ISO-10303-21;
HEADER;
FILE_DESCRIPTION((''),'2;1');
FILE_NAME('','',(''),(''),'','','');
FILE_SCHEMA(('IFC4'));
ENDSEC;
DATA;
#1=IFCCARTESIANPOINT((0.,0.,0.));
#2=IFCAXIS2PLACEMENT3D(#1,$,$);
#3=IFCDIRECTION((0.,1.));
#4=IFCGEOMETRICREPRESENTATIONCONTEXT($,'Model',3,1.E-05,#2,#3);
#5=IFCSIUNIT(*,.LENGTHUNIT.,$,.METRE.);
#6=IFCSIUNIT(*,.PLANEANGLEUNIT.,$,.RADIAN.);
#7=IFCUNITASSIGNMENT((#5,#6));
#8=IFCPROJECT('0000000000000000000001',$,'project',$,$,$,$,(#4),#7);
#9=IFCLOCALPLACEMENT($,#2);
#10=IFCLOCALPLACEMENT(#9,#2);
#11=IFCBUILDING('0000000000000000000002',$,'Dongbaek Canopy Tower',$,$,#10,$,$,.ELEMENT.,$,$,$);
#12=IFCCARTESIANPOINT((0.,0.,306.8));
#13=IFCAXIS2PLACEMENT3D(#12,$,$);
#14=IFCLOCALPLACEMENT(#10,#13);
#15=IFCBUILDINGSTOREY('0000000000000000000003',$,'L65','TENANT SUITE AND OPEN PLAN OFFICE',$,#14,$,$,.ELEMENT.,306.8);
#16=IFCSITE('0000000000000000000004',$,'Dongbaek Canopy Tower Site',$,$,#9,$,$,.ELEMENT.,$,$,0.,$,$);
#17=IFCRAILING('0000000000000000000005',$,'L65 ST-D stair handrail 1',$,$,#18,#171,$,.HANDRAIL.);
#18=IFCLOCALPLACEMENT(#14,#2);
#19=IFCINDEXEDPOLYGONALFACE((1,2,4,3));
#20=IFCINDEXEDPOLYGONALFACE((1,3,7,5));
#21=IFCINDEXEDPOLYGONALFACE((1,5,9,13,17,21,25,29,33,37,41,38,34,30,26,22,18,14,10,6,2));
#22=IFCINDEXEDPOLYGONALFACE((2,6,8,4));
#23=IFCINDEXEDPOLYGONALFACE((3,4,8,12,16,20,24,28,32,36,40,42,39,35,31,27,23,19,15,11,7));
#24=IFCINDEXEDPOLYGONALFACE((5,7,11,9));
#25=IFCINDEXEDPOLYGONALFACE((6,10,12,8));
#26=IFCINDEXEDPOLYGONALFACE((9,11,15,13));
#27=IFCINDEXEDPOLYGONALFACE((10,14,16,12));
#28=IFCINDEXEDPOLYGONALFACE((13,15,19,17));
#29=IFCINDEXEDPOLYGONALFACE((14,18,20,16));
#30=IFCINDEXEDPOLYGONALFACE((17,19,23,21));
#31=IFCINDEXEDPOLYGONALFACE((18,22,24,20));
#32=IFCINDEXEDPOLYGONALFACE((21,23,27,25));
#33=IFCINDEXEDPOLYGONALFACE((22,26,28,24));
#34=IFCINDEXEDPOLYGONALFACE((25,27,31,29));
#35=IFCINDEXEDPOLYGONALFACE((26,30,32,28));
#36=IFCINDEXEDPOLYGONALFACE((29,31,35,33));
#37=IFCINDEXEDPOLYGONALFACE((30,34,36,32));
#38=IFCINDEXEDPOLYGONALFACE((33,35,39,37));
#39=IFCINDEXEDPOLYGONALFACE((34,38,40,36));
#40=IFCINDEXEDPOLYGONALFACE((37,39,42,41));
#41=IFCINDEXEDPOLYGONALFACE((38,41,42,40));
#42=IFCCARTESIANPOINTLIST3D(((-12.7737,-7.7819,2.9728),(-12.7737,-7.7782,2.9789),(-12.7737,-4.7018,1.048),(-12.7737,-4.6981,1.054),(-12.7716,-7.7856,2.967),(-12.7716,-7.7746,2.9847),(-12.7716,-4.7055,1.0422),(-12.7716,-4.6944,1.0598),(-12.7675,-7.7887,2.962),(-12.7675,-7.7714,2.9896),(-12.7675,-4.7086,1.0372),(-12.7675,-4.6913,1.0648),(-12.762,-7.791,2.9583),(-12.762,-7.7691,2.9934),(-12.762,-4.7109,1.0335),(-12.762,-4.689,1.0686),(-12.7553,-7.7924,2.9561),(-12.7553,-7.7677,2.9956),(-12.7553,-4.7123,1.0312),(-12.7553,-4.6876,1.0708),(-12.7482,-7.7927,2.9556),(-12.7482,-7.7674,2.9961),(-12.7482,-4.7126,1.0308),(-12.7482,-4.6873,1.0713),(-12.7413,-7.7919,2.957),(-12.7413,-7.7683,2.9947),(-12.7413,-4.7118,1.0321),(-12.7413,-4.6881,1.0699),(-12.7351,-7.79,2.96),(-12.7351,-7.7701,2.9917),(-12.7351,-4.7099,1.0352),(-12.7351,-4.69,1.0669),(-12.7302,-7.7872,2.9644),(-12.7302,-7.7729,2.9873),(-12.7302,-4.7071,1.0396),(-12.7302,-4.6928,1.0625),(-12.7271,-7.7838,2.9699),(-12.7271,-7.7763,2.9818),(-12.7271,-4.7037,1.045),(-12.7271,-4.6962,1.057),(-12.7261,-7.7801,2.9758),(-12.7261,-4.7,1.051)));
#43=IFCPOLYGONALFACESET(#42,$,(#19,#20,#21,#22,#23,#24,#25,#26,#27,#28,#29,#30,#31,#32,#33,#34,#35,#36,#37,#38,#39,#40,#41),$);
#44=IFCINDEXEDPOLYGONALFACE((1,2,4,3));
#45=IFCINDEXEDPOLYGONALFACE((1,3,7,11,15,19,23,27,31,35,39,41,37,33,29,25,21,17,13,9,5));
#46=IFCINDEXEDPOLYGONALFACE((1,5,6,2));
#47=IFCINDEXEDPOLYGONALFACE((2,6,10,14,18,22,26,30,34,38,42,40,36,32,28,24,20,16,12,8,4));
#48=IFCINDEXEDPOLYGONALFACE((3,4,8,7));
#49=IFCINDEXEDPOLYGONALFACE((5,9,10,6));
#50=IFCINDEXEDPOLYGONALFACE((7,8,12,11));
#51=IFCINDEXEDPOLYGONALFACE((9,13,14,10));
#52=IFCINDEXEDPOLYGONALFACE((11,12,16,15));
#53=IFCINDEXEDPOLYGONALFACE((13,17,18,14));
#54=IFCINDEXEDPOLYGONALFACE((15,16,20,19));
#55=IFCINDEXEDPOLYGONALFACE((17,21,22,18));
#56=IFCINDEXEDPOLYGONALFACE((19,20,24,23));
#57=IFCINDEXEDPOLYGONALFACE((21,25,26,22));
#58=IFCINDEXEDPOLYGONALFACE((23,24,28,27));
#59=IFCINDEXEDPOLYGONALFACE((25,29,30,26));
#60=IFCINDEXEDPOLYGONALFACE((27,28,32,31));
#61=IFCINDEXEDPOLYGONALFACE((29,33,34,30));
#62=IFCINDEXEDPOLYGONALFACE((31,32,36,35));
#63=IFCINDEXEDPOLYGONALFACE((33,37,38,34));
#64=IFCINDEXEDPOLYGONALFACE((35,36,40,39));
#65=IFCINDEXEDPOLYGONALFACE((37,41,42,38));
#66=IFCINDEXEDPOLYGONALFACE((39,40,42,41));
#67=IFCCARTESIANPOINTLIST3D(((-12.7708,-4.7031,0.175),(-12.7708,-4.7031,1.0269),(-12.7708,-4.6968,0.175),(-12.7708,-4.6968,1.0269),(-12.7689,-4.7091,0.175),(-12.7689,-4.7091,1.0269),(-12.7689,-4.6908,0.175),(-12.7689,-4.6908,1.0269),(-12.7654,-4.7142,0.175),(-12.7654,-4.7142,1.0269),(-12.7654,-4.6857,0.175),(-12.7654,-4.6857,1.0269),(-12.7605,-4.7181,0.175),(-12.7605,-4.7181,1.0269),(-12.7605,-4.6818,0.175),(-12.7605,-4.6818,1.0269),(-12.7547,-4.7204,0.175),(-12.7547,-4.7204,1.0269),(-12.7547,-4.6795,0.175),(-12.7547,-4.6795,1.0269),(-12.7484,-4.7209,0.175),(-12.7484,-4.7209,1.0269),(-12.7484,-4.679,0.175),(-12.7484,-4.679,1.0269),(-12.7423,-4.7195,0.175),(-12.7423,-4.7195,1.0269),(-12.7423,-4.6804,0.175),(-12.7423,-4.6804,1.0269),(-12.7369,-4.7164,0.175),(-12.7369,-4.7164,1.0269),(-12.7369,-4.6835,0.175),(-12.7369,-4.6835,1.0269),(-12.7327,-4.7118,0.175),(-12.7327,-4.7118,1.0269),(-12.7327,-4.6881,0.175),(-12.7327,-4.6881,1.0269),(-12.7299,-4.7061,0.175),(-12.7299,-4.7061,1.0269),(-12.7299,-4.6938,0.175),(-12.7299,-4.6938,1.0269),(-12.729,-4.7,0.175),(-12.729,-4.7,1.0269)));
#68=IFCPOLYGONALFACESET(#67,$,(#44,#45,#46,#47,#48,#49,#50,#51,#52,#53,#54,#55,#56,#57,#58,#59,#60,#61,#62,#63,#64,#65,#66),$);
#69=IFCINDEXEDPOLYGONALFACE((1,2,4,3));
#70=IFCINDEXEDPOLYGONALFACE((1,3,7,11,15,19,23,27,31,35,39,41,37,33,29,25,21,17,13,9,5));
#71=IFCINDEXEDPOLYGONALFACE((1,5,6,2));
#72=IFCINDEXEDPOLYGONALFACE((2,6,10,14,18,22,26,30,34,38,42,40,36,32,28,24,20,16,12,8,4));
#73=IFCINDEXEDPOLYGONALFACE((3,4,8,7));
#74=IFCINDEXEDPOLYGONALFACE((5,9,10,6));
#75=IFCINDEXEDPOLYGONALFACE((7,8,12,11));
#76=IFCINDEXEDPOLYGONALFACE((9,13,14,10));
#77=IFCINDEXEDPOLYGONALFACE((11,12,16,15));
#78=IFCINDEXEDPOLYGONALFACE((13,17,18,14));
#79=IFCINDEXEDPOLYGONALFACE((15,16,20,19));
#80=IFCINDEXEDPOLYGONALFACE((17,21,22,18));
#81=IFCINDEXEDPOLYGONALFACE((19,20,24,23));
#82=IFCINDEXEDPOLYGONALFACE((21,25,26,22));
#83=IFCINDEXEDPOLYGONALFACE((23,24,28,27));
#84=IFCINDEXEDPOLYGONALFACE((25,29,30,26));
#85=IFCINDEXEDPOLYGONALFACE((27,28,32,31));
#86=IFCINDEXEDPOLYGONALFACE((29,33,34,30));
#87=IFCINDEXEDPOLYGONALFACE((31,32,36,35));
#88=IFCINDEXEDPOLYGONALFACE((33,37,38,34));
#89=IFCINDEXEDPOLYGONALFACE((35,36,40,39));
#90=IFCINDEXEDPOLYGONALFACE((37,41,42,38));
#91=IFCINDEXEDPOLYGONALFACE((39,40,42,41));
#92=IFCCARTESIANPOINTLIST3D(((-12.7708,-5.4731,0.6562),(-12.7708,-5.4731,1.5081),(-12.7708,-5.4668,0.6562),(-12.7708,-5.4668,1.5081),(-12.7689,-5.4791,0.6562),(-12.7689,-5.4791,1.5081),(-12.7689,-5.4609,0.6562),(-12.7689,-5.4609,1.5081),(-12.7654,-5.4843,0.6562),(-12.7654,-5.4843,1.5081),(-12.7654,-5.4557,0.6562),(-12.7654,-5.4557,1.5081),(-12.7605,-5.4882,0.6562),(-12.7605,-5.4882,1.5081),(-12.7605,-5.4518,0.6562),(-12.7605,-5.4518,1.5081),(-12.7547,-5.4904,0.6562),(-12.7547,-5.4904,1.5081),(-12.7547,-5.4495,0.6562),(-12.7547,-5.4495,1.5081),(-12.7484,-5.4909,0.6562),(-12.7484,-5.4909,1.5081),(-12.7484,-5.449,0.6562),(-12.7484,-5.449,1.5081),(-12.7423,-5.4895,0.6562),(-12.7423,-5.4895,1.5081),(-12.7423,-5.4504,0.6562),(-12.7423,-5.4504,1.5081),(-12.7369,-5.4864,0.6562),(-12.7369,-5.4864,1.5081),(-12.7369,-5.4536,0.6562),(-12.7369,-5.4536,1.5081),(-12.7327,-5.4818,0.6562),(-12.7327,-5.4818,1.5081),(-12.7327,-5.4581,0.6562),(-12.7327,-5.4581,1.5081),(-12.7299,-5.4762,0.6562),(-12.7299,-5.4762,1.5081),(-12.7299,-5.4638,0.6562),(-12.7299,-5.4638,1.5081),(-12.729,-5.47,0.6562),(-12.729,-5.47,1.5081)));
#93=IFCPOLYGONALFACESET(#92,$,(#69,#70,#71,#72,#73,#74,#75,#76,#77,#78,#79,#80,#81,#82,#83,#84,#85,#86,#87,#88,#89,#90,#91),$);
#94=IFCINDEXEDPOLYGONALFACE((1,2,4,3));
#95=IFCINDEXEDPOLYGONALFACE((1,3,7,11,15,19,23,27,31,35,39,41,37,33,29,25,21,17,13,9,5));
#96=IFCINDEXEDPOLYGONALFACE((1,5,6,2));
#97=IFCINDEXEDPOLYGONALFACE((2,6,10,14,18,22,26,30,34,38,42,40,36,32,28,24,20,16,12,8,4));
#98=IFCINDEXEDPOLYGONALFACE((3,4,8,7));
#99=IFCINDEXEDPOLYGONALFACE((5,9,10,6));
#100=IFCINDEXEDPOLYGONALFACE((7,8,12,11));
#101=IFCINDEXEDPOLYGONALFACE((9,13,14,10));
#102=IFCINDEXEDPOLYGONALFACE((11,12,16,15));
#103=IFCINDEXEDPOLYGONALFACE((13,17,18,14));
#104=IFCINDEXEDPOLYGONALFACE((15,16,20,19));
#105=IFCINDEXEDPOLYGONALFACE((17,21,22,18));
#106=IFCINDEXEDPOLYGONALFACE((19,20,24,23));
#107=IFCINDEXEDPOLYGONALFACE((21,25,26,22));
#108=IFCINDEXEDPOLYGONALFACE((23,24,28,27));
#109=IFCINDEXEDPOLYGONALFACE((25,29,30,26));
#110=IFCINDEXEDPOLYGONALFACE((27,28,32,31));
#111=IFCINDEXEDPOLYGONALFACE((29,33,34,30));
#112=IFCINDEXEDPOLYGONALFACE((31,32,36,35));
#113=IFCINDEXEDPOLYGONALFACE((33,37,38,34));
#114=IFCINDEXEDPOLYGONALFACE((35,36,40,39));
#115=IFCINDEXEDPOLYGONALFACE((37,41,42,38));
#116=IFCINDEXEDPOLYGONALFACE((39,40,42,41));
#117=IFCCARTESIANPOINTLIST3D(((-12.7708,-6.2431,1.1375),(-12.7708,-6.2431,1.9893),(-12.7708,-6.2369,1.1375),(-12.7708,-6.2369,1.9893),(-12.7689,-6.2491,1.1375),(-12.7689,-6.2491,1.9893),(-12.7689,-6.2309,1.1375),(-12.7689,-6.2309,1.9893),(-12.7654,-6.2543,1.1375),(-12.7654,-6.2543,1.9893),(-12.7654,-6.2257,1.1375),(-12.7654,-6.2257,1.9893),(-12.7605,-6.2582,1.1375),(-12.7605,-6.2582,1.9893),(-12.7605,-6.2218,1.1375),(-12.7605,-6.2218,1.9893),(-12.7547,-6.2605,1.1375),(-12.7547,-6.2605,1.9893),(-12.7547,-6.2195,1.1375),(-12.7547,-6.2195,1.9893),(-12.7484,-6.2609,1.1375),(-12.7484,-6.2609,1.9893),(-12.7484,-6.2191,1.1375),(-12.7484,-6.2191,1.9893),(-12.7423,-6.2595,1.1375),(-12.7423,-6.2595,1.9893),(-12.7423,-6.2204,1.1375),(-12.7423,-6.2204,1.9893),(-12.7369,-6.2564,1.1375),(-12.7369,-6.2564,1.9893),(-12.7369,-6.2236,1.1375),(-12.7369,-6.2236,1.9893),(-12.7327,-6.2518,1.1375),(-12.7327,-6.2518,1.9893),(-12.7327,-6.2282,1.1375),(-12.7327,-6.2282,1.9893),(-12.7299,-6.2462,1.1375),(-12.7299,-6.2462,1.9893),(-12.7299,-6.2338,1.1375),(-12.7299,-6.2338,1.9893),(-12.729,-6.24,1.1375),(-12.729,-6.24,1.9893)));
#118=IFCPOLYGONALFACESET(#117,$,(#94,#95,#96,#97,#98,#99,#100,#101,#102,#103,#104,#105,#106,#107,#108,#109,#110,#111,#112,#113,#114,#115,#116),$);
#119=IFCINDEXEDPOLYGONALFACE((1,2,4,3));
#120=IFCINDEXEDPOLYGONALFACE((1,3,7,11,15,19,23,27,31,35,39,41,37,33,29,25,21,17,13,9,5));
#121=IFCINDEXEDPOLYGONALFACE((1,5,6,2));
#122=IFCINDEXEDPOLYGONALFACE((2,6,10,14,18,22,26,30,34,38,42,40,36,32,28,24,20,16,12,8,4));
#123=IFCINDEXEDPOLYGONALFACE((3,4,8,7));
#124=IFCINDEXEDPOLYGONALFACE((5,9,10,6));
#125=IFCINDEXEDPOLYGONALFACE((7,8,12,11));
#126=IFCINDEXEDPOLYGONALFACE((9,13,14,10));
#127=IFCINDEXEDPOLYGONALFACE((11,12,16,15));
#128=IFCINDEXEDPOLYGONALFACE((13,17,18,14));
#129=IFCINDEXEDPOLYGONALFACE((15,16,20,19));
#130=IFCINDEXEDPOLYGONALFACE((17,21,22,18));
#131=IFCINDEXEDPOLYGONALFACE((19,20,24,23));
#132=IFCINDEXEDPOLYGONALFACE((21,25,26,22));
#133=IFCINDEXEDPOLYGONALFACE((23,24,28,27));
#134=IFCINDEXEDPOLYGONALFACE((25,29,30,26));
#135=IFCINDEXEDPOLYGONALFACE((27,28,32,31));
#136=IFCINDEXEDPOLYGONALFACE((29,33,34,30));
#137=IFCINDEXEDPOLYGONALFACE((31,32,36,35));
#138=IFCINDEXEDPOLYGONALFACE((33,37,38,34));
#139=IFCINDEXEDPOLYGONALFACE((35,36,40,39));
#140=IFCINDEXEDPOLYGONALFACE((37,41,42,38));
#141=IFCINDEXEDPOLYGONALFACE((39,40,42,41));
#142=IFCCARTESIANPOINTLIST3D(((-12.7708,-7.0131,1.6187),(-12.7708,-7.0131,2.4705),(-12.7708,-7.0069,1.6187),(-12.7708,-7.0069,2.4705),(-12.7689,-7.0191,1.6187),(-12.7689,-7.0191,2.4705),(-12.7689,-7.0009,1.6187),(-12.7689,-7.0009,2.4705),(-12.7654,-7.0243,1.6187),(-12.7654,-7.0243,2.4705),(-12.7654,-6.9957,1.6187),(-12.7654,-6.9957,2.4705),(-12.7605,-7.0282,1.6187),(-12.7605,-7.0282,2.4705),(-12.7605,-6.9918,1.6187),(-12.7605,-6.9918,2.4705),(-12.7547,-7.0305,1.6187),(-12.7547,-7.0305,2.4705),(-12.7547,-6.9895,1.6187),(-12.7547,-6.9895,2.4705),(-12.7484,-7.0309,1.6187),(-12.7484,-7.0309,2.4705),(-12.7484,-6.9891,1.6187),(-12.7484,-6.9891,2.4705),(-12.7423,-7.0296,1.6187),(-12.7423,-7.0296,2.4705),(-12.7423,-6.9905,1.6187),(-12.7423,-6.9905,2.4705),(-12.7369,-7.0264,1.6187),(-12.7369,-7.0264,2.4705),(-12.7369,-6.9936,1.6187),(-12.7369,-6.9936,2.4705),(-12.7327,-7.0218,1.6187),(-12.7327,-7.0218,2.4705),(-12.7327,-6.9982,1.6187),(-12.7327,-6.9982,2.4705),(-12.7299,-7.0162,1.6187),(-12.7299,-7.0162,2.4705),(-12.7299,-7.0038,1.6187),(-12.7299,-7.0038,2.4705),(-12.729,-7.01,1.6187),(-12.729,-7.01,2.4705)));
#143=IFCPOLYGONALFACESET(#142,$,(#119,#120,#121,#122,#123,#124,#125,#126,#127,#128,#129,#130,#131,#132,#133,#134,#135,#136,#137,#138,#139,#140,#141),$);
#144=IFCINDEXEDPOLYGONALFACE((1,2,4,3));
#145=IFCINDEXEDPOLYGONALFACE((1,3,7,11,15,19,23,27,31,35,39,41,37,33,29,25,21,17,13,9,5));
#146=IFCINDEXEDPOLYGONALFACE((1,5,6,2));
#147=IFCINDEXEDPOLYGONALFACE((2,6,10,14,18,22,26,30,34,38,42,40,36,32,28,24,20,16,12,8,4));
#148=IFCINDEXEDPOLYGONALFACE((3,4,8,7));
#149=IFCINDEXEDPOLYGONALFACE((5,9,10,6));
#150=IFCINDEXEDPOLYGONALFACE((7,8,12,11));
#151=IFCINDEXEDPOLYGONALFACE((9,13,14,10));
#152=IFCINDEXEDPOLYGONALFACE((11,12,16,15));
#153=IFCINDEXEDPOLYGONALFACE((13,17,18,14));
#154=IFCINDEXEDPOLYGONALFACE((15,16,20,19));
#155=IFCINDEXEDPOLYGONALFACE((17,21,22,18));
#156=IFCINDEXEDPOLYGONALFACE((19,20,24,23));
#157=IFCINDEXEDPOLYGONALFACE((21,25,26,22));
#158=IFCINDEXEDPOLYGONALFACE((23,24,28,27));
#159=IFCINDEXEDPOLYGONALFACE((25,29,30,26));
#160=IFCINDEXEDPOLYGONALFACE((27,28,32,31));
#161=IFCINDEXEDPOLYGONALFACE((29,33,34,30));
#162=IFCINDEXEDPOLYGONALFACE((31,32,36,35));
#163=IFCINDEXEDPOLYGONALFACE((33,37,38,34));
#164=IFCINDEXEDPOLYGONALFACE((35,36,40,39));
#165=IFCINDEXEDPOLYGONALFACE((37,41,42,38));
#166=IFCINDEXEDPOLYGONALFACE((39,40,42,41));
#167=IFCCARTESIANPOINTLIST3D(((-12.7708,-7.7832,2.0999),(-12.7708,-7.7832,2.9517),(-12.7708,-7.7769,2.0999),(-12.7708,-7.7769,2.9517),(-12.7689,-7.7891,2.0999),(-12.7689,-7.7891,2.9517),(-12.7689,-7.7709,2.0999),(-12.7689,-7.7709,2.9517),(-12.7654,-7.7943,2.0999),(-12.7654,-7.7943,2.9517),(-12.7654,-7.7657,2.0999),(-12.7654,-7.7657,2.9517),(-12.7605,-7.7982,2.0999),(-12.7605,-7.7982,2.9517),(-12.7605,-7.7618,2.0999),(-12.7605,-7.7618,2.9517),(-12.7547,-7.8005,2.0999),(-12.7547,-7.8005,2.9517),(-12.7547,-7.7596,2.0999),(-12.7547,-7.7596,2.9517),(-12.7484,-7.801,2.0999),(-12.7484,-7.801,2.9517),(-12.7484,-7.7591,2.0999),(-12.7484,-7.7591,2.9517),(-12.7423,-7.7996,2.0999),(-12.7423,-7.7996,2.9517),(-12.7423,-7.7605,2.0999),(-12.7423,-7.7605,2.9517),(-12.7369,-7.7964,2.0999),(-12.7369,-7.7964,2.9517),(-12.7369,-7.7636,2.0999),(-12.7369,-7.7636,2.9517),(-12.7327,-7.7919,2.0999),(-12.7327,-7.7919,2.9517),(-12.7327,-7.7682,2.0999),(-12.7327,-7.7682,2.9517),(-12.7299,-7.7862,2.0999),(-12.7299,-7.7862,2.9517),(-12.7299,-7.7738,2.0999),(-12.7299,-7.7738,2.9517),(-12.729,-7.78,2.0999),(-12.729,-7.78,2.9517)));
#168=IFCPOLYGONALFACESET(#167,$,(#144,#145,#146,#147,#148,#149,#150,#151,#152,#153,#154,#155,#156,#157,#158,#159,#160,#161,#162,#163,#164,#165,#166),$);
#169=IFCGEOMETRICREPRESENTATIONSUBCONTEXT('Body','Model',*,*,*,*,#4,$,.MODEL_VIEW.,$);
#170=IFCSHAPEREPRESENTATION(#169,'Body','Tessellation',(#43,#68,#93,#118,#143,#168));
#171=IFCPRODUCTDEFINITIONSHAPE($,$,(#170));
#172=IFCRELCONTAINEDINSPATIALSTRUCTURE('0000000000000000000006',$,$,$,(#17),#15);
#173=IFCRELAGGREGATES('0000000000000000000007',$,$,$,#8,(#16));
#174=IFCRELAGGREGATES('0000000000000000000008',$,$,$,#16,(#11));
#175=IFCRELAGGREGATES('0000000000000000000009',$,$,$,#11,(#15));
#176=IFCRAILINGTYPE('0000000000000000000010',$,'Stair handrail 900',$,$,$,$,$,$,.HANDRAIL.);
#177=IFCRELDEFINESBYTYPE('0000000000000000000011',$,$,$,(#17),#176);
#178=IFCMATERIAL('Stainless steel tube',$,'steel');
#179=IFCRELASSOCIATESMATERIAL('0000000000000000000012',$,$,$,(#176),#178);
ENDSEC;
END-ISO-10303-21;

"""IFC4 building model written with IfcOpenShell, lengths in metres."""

from ifc_helpers import new_model, si_unit, direction, frame, origin, origin_2d, place, context, subcontext, project, spatial, circle, extrude, material, type_object, element, save


model = new_model("IFC4")

# Units and contexts
model_context = context("Model", 3, precision=1e-05, world=origin(), true_north=direction((0.0, 1.0)))
body_context = subcontext(model_context, "Body", "Model", "MODEL_VIEW")
ifc_project = project(units=[si_unit("LENGTHUNIT", "METRE"), si_unit("PLANEANGLEUNIT", "RADIAN")], contexts=[model_context])

# Site, building, storey
site_placement = place(None, origin())
site = spatial("IfcSite", under=ifc_project, at=site_placement, Name="Dongbaek Canopy Tower Site", CompositionType="ELEMENT", RefElevation=0.0)
building_placement = place(site_placement, origin())
building = spatial("IfcBuilding", under=site, at=building_placement, Name="Dongbaek Canopy Tower", CompositionType="ELEMENT")
storey_placement = place(building_placement, frame((0.0, 0.0, 306.8)))
storey = spatial("IfcBuildingStorey", under=building, at=storey_placement, Name="L65", Description="TENANT SUITE AND OPEN PLAN OFFICE", CompositionType="ELEMENT", Elevation=306.8)

# Railing
ifc_material_1 = material(Name="Stainless steel tube", Category="steel")
railing_type_1 = type_object("IfcRailingType", Name="Stair handrail 900", PredefinedType="HANDRAIL", material=ifc_material_1)
railing_1_placement = place(storey_placement, frame((-12.75, -4.7, 0.175)))
element("IfcRailing", 1, at=railing_1_placement, inside=storey, type_object=railing_type_1, Name="L65 ST-D stair handrail 1", PredefinedType="HANDRAIL", context=body_context, shape_type="SweptSolid", body=[
    extrude(circle(Radius=0.0239, at=origin_2d()), frame((0.0, 0.0, 0.876), z_axis=(0.0, -0.848029, 0.529951), x_axis=(1.0, 0.0, 0.0)), (0.0, 0.0, 1.0), 3.6321),
    extrude(circle(Radius=0.021, at=origin_2d()), origin(), (0.0, 0.0, 1.0), 0.8518),
    extrude(circle(Radius=0.021, at=origin_2d()), frame((0.0, -0.77, 0.4812)), (0.0, 0.0, 1.0), 0.8518),
    extrude(circle(Radius=0.021, at=origin_2d()), frame((0.0, -1.54, 0.9624)), (0.0, 0.0, 1.0), 0.8518),
    extrude(circle(Radius=0.021, at=origin_2d()), frame((0.0, -2.3101, 1.4436)), (0.0, 0.0, 1.0), 0.8518),
    extrude(circle(Radius=0.021, at=origin_2d()), frame((0.0, -3.0801, 1.9248)), (0.0, 0.0, 1.0), 0.8518),
])

save(model, "model.ifc")
